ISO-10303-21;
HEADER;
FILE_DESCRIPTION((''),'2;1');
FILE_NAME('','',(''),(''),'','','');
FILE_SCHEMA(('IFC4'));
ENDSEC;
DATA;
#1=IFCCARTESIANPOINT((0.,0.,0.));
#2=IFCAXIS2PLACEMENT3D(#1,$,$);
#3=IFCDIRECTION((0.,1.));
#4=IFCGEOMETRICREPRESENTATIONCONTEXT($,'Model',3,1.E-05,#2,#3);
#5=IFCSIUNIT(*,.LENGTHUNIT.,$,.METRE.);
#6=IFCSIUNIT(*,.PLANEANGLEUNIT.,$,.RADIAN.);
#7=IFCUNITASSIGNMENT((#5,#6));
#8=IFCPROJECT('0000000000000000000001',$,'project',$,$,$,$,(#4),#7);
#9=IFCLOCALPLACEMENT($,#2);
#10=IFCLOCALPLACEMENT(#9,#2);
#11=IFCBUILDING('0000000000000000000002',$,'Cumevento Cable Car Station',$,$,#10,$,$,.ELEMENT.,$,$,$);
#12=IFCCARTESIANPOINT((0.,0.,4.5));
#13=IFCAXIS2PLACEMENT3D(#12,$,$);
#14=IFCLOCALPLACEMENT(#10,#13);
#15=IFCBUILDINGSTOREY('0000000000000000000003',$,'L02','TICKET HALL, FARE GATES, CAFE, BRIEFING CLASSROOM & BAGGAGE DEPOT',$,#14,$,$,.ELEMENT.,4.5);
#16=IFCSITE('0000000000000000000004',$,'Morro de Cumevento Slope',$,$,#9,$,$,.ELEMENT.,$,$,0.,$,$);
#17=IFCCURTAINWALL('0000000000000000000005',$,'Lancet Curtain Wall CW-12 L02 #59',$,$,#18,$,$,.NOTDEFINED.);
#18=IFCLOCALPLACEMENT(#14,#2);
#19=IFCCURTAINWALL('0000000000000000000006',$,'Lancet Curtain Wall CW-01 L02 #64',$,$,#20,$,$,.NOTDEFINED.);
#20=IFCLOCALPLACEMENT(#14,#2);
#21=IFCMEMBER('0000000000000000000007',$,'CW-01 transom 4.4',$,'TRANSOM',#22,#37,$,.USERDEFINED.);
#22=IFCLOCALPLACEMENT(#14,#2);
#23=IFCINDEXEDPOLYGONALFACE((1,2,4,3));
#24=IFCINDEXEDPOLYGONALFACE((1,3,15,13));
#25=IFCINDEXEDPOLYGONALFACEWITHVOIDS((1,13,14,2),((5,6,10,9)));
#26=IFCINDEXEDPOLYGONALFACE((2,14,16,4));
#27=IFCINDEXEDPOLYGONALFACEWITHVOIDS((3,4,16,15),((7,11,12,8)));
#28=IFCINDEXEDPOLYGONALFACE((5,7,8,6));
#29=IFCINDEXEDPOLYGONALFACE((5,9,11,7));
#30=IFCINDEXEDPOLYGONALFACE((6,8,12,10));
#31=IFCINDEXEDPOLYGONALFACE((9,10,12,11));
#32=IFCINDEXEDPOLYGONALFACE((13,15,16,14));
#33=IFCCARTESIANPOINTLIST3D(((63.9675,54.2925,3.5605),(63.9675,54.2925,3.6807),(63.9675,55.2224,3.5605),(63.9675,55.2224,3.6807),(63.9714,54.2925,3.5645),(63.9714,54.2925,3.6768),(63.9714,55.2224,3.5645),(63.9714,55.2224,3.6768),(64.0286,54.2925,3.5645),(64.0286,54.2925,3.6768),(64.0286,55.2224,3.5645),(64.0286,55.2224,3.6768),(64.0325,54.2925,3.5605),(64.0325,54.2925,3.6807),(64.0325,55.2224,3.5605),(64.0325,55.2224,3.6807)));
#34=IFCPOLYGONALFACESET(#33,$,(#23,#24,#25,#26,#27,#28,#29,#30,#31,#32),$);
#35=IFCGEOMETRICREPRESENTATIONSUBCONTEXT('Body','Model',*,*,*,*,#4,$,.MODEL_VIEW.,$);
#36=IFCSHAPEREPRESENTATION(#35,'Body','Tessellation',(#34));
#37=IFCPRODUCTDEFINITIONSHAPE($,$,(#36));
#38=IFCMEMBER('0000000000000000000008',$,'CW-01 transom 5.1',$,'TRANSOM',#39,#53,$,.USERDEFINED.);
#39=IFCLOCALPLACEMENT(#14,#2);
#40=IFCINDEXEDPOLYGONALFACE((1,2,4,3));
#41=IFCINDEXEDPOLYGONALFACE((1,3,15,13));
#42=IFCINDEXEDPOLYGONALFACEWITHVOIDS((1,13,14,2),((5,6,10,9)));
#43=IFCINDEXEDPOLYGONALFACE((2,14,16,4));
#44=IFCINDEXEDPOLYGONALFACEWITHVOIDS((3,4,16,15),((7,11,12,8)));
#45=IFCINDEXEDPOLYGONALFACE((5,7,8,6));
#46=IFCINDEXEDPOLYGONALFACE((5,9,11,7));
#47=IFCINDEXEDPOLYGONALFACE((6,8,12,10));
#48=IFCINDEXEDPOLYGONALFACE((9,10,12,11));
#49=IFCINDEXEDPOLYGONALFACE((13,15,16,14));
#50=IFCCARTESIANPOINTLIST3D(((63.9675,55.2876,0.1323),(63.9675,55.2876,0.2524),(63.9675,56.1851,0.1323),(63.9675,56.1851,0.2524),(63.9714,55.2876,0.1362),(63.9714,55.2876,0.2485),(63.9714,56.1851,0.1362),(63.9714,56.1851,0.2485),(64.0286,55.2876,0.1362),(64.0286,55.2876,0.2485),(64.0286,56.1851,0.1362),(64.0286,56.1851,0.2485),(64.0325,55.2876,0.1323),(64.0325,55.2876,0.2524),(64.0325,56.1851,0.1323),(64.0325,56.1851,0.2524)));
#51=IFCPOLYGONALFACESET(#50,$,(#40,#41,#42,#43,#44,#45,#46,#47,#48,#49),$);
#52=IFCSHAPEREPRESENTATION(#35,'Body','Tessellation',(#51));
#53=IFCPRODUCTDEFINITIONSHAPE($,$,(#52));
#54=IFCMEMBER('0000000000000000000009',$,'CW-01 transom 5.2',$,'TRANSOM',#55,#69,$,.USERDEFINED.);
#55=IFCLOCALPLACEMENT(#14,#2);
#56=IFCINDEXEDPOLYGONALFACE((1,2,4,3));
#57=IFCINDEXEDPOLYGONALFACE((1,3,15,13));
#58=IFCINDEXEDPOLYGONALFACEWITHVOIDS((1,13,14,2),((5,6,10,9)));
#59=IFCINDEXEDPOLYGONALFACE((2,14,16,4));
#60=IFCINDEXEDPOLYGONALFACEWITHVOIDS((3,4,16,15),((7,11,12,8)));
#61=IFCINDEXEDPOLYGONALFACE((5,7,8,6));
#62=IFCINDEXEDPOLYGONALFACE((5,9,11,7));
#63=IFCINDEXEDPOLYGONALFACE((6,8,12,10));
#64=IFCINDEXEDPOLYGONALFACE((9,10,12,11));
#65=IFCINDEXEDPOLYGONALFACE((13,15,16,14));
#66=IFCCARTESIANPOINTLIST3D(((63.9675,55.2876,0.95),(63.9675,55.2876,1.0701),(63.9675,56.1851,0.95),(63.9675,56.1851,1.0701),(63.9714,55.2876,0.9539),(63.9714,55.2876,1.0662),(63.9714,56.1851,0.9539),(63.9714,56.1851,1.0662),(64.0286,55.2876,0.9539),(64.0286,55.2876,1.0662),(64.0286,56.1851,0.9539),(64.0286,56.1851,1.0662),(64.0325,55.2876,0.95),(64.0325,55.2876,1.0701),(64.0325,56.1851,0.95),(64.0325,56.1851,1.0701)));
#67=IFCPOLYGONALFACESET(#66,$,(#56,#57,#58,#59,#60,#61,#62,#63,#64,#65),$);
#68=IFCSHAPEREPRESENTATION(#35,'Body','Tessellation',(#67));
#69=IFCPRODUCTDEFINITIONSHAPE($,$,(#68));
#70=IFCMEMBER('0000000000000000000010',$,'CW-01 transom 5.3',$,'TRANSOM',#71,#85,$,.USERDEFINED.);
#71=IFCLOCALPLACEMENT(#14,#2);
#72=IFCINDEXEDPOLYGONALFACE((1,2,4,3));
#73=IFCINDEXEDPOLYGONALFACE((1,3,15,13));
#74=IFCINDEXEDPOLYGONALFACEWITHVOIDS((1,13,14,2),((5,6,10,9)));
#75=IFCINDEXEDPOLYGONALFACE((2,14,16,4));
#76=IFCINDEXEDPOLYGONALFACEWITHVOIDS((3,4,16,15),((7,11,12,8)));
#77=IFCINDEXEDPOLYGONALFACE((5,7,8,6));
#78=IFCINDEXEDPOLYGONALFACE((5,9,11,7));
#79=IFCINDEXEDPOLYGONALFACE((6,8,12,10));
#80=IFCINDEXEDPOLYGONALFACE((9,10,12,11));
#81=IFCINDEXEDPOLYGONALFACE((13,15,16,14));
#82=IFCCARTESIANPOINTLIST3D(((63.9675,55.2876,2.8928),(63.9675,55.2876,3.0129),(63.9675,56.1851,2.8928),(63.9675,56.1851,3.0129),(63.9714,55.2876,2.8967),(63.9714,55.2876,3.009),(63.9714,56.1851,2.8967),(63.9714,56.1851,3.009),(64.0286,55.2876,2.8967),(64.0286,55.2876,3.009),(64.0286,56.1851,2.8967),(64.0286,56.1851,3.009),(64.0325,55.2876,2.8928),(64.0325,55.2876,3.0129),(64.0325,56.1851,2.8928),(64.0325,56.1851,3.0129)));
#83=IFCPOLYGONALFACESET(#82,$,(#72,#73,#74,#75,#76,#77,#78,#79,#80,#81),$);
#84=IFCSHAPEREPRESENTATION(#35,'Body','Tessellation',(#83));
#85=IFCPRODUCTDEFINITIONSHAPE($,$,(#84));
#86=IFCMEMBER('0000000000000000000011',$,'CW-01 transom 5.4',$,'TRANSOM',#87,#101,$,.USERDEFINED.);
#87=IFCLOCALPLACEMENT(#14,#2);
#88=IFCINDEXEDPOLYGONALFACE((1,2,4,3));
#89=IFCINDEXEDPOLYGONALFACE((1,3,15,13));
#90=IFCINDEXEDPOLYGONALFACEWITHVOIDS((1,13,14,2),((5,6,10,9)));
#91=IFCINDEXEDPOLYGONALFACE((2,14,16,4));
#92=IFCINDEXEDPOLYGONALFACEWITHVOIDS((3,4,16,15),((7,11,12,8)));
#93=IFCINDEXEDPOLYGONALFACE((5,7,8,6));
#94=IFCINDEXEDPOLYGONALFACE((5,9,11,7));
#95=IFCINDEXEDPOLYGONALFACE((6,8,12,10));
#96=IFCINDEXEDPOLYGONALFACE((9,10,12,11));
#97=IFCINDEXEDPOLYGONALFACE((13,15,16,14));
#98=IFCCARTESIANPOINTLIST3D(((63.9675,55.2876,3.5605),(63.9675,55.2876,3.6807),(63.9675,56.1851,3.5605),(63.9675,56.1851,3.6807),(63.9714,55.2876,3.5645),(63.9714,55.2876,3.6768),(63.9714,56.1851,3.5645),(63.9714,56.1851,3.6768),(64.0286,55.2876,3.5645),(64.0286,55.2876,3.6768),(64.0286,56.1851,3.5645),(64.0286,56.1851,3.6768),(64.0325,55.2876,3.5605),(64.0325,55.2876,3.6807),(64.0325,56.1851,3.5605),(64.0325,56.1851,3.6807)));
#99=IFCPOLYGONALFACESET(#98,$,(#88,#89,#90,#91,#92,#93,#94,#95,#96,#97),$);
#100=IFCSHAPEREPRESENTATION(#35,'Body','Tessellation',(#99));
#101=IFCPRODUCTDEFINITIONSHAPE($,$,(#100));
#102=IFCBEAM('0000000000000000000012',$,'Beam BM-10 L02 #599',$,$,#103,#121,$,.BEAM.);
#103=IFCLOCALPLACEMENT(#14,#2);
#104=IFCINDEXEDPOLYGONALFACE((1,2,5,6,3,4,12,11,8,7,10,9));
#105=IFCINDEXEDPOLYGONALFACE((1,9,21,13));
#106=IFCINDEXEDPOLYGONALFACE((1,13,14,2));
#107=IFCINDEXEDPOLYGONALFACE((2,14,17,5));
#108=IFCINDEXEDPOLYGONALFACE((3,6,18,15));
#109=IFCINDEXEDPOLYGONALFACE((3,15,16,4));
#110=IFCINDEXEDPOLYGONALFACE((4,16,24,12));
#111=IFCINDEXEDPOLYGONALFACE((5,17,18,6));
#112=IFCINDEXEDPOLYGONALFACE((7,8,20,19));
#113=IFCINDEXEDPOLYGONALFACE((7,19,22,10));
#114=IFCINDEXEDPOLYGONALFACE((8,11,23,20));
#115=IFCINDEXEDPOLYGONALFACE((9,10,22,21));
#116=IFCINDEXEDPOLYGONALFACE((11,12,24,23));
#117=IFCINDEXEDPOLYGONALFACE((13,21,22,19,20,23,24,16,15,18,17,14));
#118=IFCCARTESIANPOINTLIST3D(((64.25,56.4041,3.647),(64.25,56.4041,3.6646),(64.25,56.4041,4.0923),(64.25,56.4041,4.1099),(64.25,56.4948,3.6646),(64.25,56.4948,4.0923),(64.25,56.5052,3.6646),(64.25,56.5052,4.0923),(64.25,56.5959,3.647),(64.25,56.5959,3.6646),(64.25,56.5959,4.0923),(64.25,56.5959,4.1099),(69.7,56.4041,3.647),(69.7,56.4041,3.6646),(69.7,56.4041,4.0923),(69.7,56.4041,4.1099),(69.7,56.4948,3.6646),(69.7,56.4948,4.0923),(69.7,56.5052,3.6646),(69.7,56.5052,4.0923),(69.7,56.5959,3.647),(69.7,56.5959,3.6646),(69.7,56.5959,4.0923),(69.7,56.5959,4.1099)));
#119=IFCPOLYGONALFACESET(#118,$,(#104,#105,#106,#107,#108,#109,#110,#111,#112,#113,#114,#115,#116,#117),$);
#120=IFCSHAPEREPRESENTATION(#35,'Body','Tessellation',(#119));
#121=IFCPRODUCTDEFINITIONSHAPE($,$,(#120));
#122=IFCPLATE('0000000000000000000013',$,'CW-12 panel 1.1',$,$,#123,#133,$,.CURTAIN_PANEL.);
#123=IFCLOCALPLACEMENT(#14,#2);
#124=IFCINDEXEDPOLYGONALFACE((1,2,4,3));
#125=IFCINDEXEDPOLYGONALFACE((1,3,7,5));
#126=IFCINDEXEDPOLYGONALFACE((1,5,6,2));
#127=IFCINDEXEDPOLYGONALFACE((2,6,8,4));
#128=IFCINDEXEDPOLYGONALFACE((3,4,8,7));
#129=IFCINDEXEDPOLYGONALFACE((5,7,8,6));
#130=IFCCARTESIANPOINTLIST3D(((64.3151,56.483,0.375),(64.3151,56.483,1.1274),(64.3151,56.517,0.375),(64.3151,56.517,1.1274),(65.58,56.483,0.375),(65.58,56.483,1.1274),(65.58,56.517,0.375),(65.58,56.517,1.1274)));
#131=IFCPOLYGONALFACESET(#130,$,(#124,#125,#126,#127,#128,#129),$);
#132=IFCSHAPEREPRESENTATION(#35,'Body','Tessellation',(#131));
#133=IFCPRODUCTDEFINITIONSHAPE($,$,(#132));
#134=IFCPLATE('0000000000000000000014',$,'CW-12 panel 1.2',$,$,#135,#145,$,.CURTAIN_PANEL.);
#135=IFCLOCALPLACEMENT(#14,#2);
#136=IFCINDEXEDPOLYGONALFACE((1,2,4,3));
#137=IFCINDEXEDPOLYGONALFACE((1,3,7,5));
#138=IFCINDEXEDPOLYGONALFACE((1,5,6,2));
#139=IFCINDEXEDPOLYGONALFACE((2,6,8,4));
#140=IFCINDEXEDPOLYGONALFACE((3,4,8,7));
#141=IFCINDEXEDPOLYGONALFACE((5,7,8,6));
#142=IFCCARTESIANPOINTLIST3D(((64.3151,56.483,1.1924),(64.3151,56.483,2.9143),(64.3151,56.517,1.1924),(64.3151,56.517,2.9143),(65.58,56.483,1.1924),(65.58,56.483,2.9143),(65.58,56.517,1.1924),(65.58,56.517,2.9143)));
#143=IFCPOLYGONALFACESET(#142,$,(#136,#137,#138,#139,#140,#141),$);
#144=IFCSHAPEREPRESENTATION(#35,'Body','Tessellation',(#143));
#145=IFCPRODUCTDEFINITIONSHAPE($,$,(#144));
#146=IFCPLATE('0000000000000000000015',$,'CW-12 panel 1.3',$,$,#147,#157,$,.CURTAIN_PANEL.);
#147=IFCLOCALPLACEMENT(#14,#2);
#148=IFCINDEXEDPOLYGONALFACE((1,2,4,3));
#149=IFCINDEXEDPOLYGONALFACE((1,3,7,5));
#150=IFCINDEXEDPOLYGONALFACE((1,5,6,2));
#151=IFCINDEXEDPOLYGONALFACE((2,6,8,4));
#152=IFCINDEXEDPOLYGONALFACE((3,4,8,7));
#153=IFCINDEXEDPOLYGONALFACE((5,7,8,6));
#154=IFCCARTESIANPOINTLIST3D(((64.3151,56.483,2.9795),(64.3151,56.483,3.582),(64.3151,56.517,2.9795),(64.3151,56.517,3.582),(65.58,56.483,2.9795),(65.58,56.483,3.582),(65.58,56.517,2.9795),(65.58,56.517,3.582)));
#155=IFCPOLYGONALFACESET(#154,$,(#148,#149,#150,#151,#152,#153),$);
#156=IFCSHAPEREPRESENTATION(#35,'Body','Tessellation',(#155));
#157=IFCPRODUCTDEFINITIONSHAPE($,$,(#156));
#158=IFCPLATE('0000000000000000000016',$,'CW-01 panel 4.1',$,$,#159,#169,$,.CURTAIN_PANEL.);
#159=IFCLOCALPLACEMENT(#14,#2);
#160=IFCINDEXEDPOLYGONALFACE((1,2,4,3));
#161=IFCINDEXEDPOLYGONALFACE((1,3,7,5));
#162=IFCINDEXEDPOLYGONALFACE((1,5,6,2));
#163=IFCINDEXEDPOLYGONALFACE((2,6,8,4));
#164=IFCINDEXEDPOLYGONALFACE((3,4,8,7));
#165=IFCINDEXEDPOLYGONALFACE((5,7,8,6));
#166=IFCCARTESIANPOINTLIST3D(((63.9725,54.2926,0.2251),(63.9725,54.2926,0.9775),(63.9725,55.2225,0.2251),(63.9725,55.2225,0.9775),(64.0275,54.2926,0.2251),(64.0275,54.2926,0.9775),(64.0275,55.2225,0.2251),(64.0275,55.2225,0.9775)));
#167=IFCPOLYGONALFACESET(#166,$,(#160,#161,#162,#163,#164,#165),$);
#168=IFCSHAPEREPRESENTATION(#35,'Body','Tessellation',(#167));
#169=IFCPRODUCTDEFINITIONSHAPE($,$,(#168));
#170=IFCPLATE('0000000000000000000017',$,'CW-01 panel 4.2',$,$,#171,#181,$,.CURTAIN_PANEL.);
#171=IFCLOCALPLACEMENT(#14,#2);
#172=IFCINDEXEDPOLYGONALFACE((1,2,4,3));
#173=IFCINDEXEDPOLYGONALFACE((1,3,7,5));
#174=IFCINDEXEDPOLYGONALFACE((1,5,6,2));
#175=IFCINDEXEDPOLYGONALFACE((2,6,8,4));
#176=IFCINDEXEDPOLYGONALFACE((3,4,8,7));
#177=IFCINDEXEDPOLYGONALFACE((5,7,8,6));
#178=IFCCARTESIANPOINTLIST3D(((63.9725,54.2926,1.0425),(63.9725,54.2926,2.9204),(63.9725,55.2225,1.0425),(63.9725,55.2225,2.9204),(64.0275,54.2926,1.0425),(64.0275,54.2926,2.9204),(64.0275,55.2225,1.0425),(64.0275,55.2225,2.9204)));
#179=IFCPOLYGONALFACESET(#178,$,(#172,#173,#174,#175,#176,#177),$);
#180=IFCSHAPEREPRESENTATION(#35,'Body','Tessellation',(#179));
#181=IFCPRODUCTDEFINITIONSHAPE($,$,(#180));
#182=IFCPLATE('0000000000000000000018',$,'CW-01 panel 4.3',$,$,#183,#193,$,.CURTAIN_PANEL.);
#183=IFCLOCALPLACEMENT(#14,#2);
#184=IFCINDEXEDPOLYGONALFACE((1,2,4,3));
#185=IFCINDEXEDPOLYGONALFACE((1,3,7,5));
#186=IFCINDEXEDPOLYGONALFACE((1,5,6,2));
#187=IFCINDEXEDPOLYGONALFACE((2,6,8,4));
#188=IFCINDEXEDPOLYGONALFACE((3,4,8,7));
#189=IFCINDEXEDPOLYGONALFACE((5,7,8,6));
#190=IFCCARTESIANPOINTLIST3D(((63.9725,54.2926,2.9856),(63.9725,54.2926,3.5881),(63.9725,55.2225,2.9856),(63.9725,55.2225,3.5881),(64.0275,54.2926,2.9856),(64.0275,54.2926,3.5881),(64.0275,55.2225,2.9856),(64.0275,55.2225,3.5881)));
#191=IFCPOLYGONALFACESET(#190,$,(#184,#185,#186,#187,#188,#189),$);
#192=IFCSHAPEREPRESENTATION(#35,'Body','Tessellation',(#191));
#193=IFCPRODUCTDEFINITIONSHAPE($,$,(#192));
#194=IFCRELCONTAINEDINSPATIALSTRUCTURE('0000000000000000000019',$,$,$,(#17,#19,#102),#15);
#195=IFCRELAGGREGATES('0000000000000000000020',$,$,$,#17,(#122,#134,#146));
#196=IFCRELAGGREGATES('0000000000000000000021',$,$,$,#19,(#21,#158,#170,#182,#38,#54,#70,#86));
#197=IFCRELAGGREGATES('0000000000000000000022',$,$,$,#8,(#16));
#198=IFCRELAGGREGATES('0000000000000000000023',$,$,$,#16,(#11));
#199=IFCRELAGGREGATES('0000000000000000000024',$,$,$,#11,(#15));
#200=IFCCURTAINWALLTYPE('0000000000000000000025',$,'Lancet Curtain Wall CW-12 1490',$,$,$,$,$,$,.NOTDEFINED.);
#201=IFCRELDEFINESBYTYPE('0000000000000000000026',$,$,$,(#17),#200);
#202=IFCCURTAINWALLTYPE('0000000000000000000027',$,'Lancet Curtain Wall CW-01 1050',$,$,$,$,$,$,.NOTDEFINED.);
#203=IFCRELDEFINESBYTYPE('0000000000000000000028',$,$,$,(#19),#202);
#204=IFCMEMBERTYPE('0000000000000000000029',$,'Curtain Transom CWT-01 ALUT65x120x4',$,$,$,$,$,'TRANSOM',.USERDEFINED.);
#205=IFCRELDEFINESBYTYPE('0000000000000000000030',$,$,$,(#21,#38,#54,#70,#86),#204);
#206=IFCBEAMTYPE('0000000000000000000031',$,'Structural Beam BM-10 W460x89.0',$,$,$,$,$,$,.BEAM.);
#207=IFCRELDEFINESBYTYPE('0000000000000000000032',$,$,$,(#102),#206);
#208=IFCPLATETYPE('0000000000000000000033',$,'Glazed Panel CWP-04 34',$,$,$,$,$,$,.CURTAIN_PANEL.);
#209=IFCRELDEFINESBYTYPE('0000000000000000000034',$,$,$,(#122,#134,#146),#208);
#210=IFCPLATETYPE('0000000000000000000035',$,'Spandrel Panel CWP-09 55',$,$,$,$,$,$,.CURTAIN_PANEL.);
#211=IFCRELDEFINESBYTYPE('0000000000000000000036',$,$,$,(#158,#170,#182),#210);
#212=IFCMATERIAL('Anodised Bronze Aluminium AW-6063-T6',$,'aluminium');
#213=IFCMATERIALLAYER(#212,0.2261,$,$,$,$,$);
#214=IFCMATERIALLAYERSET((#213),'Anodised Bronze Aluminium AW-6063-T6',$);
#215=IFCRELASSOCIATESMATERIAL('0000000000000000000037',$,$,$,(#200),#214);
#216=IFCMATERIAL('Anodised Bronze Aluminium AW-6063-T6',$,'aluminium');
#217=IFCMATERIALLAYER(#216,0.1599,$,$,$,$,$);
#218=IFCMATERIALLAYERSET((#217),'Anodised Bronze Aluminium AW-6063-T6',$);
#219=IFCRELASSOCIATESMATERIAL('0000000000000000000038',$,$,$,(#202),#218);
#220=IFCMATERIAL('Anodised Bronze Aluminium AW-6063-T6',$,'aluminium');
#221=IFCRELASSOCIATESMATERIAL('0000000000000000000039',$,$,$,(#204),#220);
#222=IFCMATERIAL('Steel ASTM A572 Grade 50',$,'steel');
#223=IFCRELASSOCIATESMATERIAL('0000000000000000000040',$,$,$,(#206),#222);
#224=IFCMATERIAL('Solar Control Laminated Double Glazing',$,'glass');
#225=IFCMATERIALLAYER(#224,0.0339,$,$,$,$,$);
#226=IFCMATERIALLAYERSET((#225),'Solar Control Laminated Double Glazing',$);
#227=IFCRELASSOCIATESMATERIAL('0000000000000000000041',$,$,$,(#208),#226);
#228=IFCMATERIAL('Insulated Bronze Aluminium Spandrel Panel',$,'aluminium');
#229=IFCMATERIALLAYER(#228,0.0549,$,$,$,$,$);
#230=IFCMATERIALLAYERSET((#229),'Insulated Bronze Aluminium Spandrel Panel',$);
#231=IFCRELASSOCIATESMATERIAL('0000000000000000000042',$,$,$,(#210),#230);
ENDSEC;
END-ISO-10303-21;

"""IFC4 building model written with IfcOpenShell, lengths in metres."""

from ifc_helpers import new_model, si_unit, direction, frame, origin, origin_2d, place, context, subcontext, project, spatial, rectangle, hollow_rectangle, i_section, extrude, material, layer, layer_set, material_profile, profile_set, type_object, element, aggregate, save


model = new_model("IFC4")

# Units and contexts
model_context = context("Model", 3, precision=1e-05, world=origin(), true_north=direction((0.0, 1.0)))
body_context = subcontext(model_context, "Body", "Model", "MODEL_VIEW")
ifc_project = project(units=[si_unit("LENGTHUNIT", "METRE"), si_unit("PLANEANGLEUNIT", "RADIAN")], contexts=[model_context])

# Site, building, storey
site_placement = place(None, origin())
site = spatial("IfcSite", under=ifc_project, at=site_placement, Name="Morro de Cumevento Slope", CompositionType="ELEMENT", RefElevation=0.0)
building_placement = place(site_placement, origin())
building = spatial("IfcBuilding", under=site, at=building_placement, Name="Cumevento Cable Car Station", CompositionType="ELEMENT")
storey_placement = place(building_placement, frame((0.0, 0.0, 4.5)))
storey = spatial("IfcBuildingStorey", under=building, at=storey_placement, Name="L02", Description="TICKET HALL, FARE GATES, CAFE, BRIEFING CLASSROOM & BAGGAGE DEPOT", CompositionType="ELEMENT", Elevation=4.5)

# Curtain walls
ifc_material_1 = material(Name="Anodised Bronze Aluminium AW-6063-T6", Category="aluminium")
ifc_layer_1 = layer(ifc_material_1, 0.2261)
ifc_layer_set_1 = layer_set([ifc_layer_1], Name="Anodised Bronze Aluminium AW-6063-T6")
curtain_wall_type_1 = type_object("IfcCurtainWallType", Name="Lancet Curtain Wall CW-12 1490", PredefinedType="NOTDEFINED", material=ifc_layer_set_1)
curtain_wall_1_placement = place(storey_placement, origin())
curtain_wall_1 = element("IfcCurtainWall", 1, at=curtain_wall_1_placement, inside=storey, type_object=curtain_wall_type_1, Name="Lancet Curtain Wall CW-12 L02 #59", PredefinedType="NOTDEFINED")
ifc_material_2 = material(Name="Anodised Bronze Aluminium AW-6063-T6", Category="aluminium")
ifc_layer_2 = layer(ifc_material_2, 0.1599)
ifc_layer_set_2 = layer_set([ifc_layer_2], Name="Anodised Bronze Aluminium AW-6063-T6")
curtain_wall_type_2 = type_object("IfcCurtainWallType", Name="Lancet Curtain Wall CW-01 1050", PredefinedType="NOTDEFINED", material=ifc_layer_set_2)
curtain_wall_2_placement = place(storey_placement, origin())
curtain_wall_2 = element("IfcCurtainWall", 2, at=curtain_wall_2_placement, inside=storey, type_object=curtain_wall_type_2, Name="Lancet Curtain Wall CW-01 L02 #64", PredefinedType="NOTDEFINED")

# Members
ifc_material_3 = material(Name="Anodised Bronze Aluminium AW-6063-T6", Category="aluminium")
ifc_material_profile_1 = material_profile(ifc_material_3, hollow_rectangle(XDim=0.0649, YDim=0.1201, WallThickness=0.0039, at=origin_2d()), Name="ALUT65x120x4")
ifc_profile_set_1 = profile_set([ifc_material_profile_1], Name="Anodised Bronze Aluminium AW-6063-T6")
member_type_1 = type_object("IfcMemberType", Name="Curtain Transom CWT-01 ALUT65x120x4", ElementType="TRANSOM", PredefinedType="USERDEFINED", material=ifc_profile_set_1)
member_1_placement = place(storey_placement, frame((64.0, 54.2925, 3.6206), z_axis=(0.0, 1.0, 0.0), x_axis=(-1.0, 0.0, 0.0)))
member_1 = element("IfcMember", 3, at=member_1_placement, type_object=member_type_1, Name="CW-01 transom 4.4", ObjectType="TRANSOM", PredefinedType="USERDEFINED", context=body_context, shape_type="SweptSolid", body=[
    extrude(hollow_rectangle(XDim=0.0649, YDim=0.1201, WallThickness=0.0039, at=origin_2d()), origin(), (0.0, 0.0, 1.0), 0.9299),
])
member_2_placement = place(storey_placement, frame((64.0, 55.2876, 0.1924), z_axis=(0.0, 1.0, 0.0), x_axis=(-1.0, 0.0, 0.0)))
member_2 = element("IfcMember", 4, at=member_2_placement, type_object=member_type_1, Name="CW-01 transom 5.1", ObjectType="TRANSOM", PredefinedType="USERDEFINED", context=body_context, shape_type="SweptSolid", body=[
    extrude(hollow_rectangle(XDim=0.0649, YDim=0.1201, WallThickness=0.0039, at=origin_2d()), origin(), (0.0, 0.0, 1.0), 0.8975),
])
member_3_placement = place(storey_placement, frame((64.0, 55.2876, 1.01), z_axis=(0.0, 1.0, 0.0), x_axis=(-1.0, 0.0, 0.0)))
member_3 = element("IfcMember", 5, at=member_3_placement, type_object=member_type_1, Name="CW-01 transom 5.2", ObjectType="TRANSOM", PredefinedType="USERDEFINED", context=body_context, shape_type="SweptSolid", body=[
    extrude(hollow_rectangle(XDim=0.0649, YDim=0.1201, WallThickness=0.0039, at=origin_2d()), origin(), (0.0, 0.0, 1.0), 0.8975),
])
member_4_placement = place(storey_placement, frame((64.0, 55.2876, 2.9529), z_axis=(0.0, 1.0, 0.0), x_axis=(-1.0, 0.0, 0.0)))
member_4 = element("IfcMember", 6, at=member_4_placement, type_object=member_type_1, Name="CW-01 transom 5.3", ObjectType="TRANSOM", PredefinedType="USERDEFINED", context=body_context, shape_type="SweptSolid", body=[
    extrude(hollow_rectangle(XDim=0.0649, YDim=0.1201, WallThickness=0.0039, at=origin_2d()), origin(), (0.0, 0.0, 1.0), 0.8975),
])
member_5_placement = place(storey_placement, frame((64.0, 55.2876, 3.6206), z_axis=(0.0, 1.0, 0.0), x_axis=(-1.0, 0.0, 0.0)))
member_5 = element("IfcMember", 7, at=member_5_placement, type_object=member_type_1, Name="CW-01 transom 5.4", ObjectType="TRANSOM", PredefinedType="USERDEFINED", context=body_context, shape_type="SweptSolid", body=[
    extrude(hollow_rectangle(XDim=0.0649, YDim=0.1201, WallThickness=0.0039, at=origin_2d()), origin(), (0.0, 0.0, 1.0), 0.8975),
])

# Beam
ifc_material_4 = material(Name="Steel ASTM A572 Grade 50", Category="steel")
ifc_material_profile_2 = material_profile(ifc_material_4, i_section(OverallWidth=0.1919, OverallDepth=0.4629, WebThickness=0.0105, FlangeThickness=0.0176, at=origin_2d()), Name="W460x89.0")
ifc_profile_set_2 = profile_set([ifc_material_profile_2], Name="Steel ASTM A572 Grade 50")
beam_type = type_object("IfcBeamType", Name="Structural Beam BM-10 W460x89.0", PredefinedType="BEAM", material=ifc_profile_set_2)
beam_placement = place(storey_placement, frame((64.25, 56.5, 3.8784), z_axis=(1.0, 0.0, 0.0), x_axis=(0.0, 1.0, 0.0)))
element("IfcBeam", 8, at=beam_placement, inside=storey, type_object=beam_type, Name="Beam BM-10 L02 #599", PredefinedType="BEAM", context=body_context, shape_type="SweptSolid", body=[
    extrude(i_section(OverallWidth=0.1919, OverallDepth=0.4629, WebThickness=0.0105, FlangeThickness=0.0176, at=origin_2d()), origin(), (0.0, 0.0, 1.0), 5.45),
])

# Plates
ifc_material_5 = material(Name="Solar Control Laminated Double Glazing", Category="glass")
ifc_layer_3 = layer(ifc_material_5, 0.0339)
ifc_layer_set_3 = layer_set([ifc_layer_3], Name="Solar Control Laminated Double Glazing")
plate_type_1 = type_object("IfcPlateType", Name="Glazed Panel CWP-04 34", PredefinedType="CURTAIN_PANEL", material=ifc_layer_set_3)
plate_1_placement = place(storey_placement, frame((64.9475, 56.5, 0.375), z_axis=(0.0, 0.0, 1.0), x_axis=(1.0, 0.0, 0.0)))
plate_1 = element("IfcPlate", 9, at=plate_1_placement, type_object=plate_type_1, Name="CW-12 panel 1.1", PredefinedType="CURTAIN_PANEL", context=body_context, shape_type="SweptSolid", body=[
    extrude(rectangle(XDim=1.2649, YDim=0.0339, at=origin_2d()), origin(), (0.0, 0.0, 1.0), 0.7524),
])
plate_2_placement = place(storey_placement, frame((64.9475, 56.5, 1.1924), z_axis=(0.0, 0.0, 1.0), x_axis=(1.0, 0.0, 0.0)))
plate_2 = element("IfcPlate", 10, at=plate_2_placement, type_object=plate_type_1, Name="CW-12 panel 1.2", PredefinedType="CURTAIN_PANEL", context=body_context, shape_type="SweptSolid", body=[
    extrude(rectangle(XDim=1.2649, YDim=0.0339, at=origin_2d()), origin(), (0.0, 0.0, 1.0), 1.7219),
])
plate_3_placement = place(storey_placement, frame((64.9475, 56.5, 2.9795), z_axis=(0.0, 0.0, 1.0), x_axis=(1.0, 0.0, 0.0)))
plate_3 = element("IfcPlate", 11, at=plate_3_placement, type_object=plate_type_1, Name="CW-12 panel 1.3", PredefinedType="CURTAIN_PANEL", context=body_context, shape_type="SweptSolid", body=[
    extrude(rectangle(XDim=1.2649, YDim=0.0339, at=origin_2d()), origin(), (0.0, 0.0, 1.0), 0.6025),
])
aggregate(curtain_wall_1, [plate_1, plate_2, plate_3])
ifc_material_6 = material(Name="Insulated Bronze Aluminium Spandrel Panel", Category="aluminium")
ifc_layer_4 = layer(ifc_material_6, 0.0549)
ifc_layer_set_4 = layer_set([ifc_layer_4], Name="Insulated Bronze Aluminium Spandrel Panel")
plate_type_2 = type_object("IfcPlateType", Name="Spandrel Panel CWP-09 55", PredefinedType="CURTAIN_PANEL", material=ifc_layer_set_4)
plate_4_placement = place(storey_placement, frame((64.0, 54.7576, 0.2251), z_axis=(0.0, 0.0, 1.0), x_axis=(0.0, 1.0, 0.0)))
plate_4 = element("IfcPlate", 12, at=plate_4_placement, type_object=plate_type_2, Name="CW-01 panel 4.1", PredefinedType="CURTAIN_PANEL", context=body_context, shape_type="SweptSolid", body=[
    extrude(rectangle(XDim=0.9299, YDim=0.0549, at=origin_2d()), origin(), (0.0, 0.0, 1.0), 0.7524),
])
plate_5_placement = place(storey_placement, frame((64.0, 54.7576, 1.0425), z_axis=(0.0, 0.0, 1.0), x_axis=(0.0, 1.0, 0.0)))
plate_5 = element("IfcPlate", 13, at=plate_5_placement, type_object=plate_type_2, Name="CW-01 panel 4.2", PredefinedType="CURTAIN_PANEL", context=body_context, shape_type="SweptSolid", body=[
    extrude(rectangle(XDim=0.9299, YDim=0.0549, at=origin_2d()), origin(), (0.0, 0.0, 1.0), 1.8779),
])
plate_6_placement = place(storey_placement, frame((64.0, 54.7576, 2.9856), z_axis=(0.0, 0.0, 1.0), x_axis=(0.0, 1.0, 0.0)))
plate_6 = element("IfcPlate", 14, at=plate_6_placement, type_object=plate_type_2, Name="CW-01 panel 4.3", PredefinedType="CURTAIN_PANEL", context=body_context, shape_type="SweptSolid", body=[
    extrude(rectangle(XDim=0.9299, YDim=0.0549, at=origin_2d()), origin(), (0.0, 0.0, 1.0), 0.6025),
])
aggregate(curtain_wall_2, [member_1, plate_4, plate_5, plate_6, member_2, member_3, member_4, member_5])

save(model, "model.ifc")
